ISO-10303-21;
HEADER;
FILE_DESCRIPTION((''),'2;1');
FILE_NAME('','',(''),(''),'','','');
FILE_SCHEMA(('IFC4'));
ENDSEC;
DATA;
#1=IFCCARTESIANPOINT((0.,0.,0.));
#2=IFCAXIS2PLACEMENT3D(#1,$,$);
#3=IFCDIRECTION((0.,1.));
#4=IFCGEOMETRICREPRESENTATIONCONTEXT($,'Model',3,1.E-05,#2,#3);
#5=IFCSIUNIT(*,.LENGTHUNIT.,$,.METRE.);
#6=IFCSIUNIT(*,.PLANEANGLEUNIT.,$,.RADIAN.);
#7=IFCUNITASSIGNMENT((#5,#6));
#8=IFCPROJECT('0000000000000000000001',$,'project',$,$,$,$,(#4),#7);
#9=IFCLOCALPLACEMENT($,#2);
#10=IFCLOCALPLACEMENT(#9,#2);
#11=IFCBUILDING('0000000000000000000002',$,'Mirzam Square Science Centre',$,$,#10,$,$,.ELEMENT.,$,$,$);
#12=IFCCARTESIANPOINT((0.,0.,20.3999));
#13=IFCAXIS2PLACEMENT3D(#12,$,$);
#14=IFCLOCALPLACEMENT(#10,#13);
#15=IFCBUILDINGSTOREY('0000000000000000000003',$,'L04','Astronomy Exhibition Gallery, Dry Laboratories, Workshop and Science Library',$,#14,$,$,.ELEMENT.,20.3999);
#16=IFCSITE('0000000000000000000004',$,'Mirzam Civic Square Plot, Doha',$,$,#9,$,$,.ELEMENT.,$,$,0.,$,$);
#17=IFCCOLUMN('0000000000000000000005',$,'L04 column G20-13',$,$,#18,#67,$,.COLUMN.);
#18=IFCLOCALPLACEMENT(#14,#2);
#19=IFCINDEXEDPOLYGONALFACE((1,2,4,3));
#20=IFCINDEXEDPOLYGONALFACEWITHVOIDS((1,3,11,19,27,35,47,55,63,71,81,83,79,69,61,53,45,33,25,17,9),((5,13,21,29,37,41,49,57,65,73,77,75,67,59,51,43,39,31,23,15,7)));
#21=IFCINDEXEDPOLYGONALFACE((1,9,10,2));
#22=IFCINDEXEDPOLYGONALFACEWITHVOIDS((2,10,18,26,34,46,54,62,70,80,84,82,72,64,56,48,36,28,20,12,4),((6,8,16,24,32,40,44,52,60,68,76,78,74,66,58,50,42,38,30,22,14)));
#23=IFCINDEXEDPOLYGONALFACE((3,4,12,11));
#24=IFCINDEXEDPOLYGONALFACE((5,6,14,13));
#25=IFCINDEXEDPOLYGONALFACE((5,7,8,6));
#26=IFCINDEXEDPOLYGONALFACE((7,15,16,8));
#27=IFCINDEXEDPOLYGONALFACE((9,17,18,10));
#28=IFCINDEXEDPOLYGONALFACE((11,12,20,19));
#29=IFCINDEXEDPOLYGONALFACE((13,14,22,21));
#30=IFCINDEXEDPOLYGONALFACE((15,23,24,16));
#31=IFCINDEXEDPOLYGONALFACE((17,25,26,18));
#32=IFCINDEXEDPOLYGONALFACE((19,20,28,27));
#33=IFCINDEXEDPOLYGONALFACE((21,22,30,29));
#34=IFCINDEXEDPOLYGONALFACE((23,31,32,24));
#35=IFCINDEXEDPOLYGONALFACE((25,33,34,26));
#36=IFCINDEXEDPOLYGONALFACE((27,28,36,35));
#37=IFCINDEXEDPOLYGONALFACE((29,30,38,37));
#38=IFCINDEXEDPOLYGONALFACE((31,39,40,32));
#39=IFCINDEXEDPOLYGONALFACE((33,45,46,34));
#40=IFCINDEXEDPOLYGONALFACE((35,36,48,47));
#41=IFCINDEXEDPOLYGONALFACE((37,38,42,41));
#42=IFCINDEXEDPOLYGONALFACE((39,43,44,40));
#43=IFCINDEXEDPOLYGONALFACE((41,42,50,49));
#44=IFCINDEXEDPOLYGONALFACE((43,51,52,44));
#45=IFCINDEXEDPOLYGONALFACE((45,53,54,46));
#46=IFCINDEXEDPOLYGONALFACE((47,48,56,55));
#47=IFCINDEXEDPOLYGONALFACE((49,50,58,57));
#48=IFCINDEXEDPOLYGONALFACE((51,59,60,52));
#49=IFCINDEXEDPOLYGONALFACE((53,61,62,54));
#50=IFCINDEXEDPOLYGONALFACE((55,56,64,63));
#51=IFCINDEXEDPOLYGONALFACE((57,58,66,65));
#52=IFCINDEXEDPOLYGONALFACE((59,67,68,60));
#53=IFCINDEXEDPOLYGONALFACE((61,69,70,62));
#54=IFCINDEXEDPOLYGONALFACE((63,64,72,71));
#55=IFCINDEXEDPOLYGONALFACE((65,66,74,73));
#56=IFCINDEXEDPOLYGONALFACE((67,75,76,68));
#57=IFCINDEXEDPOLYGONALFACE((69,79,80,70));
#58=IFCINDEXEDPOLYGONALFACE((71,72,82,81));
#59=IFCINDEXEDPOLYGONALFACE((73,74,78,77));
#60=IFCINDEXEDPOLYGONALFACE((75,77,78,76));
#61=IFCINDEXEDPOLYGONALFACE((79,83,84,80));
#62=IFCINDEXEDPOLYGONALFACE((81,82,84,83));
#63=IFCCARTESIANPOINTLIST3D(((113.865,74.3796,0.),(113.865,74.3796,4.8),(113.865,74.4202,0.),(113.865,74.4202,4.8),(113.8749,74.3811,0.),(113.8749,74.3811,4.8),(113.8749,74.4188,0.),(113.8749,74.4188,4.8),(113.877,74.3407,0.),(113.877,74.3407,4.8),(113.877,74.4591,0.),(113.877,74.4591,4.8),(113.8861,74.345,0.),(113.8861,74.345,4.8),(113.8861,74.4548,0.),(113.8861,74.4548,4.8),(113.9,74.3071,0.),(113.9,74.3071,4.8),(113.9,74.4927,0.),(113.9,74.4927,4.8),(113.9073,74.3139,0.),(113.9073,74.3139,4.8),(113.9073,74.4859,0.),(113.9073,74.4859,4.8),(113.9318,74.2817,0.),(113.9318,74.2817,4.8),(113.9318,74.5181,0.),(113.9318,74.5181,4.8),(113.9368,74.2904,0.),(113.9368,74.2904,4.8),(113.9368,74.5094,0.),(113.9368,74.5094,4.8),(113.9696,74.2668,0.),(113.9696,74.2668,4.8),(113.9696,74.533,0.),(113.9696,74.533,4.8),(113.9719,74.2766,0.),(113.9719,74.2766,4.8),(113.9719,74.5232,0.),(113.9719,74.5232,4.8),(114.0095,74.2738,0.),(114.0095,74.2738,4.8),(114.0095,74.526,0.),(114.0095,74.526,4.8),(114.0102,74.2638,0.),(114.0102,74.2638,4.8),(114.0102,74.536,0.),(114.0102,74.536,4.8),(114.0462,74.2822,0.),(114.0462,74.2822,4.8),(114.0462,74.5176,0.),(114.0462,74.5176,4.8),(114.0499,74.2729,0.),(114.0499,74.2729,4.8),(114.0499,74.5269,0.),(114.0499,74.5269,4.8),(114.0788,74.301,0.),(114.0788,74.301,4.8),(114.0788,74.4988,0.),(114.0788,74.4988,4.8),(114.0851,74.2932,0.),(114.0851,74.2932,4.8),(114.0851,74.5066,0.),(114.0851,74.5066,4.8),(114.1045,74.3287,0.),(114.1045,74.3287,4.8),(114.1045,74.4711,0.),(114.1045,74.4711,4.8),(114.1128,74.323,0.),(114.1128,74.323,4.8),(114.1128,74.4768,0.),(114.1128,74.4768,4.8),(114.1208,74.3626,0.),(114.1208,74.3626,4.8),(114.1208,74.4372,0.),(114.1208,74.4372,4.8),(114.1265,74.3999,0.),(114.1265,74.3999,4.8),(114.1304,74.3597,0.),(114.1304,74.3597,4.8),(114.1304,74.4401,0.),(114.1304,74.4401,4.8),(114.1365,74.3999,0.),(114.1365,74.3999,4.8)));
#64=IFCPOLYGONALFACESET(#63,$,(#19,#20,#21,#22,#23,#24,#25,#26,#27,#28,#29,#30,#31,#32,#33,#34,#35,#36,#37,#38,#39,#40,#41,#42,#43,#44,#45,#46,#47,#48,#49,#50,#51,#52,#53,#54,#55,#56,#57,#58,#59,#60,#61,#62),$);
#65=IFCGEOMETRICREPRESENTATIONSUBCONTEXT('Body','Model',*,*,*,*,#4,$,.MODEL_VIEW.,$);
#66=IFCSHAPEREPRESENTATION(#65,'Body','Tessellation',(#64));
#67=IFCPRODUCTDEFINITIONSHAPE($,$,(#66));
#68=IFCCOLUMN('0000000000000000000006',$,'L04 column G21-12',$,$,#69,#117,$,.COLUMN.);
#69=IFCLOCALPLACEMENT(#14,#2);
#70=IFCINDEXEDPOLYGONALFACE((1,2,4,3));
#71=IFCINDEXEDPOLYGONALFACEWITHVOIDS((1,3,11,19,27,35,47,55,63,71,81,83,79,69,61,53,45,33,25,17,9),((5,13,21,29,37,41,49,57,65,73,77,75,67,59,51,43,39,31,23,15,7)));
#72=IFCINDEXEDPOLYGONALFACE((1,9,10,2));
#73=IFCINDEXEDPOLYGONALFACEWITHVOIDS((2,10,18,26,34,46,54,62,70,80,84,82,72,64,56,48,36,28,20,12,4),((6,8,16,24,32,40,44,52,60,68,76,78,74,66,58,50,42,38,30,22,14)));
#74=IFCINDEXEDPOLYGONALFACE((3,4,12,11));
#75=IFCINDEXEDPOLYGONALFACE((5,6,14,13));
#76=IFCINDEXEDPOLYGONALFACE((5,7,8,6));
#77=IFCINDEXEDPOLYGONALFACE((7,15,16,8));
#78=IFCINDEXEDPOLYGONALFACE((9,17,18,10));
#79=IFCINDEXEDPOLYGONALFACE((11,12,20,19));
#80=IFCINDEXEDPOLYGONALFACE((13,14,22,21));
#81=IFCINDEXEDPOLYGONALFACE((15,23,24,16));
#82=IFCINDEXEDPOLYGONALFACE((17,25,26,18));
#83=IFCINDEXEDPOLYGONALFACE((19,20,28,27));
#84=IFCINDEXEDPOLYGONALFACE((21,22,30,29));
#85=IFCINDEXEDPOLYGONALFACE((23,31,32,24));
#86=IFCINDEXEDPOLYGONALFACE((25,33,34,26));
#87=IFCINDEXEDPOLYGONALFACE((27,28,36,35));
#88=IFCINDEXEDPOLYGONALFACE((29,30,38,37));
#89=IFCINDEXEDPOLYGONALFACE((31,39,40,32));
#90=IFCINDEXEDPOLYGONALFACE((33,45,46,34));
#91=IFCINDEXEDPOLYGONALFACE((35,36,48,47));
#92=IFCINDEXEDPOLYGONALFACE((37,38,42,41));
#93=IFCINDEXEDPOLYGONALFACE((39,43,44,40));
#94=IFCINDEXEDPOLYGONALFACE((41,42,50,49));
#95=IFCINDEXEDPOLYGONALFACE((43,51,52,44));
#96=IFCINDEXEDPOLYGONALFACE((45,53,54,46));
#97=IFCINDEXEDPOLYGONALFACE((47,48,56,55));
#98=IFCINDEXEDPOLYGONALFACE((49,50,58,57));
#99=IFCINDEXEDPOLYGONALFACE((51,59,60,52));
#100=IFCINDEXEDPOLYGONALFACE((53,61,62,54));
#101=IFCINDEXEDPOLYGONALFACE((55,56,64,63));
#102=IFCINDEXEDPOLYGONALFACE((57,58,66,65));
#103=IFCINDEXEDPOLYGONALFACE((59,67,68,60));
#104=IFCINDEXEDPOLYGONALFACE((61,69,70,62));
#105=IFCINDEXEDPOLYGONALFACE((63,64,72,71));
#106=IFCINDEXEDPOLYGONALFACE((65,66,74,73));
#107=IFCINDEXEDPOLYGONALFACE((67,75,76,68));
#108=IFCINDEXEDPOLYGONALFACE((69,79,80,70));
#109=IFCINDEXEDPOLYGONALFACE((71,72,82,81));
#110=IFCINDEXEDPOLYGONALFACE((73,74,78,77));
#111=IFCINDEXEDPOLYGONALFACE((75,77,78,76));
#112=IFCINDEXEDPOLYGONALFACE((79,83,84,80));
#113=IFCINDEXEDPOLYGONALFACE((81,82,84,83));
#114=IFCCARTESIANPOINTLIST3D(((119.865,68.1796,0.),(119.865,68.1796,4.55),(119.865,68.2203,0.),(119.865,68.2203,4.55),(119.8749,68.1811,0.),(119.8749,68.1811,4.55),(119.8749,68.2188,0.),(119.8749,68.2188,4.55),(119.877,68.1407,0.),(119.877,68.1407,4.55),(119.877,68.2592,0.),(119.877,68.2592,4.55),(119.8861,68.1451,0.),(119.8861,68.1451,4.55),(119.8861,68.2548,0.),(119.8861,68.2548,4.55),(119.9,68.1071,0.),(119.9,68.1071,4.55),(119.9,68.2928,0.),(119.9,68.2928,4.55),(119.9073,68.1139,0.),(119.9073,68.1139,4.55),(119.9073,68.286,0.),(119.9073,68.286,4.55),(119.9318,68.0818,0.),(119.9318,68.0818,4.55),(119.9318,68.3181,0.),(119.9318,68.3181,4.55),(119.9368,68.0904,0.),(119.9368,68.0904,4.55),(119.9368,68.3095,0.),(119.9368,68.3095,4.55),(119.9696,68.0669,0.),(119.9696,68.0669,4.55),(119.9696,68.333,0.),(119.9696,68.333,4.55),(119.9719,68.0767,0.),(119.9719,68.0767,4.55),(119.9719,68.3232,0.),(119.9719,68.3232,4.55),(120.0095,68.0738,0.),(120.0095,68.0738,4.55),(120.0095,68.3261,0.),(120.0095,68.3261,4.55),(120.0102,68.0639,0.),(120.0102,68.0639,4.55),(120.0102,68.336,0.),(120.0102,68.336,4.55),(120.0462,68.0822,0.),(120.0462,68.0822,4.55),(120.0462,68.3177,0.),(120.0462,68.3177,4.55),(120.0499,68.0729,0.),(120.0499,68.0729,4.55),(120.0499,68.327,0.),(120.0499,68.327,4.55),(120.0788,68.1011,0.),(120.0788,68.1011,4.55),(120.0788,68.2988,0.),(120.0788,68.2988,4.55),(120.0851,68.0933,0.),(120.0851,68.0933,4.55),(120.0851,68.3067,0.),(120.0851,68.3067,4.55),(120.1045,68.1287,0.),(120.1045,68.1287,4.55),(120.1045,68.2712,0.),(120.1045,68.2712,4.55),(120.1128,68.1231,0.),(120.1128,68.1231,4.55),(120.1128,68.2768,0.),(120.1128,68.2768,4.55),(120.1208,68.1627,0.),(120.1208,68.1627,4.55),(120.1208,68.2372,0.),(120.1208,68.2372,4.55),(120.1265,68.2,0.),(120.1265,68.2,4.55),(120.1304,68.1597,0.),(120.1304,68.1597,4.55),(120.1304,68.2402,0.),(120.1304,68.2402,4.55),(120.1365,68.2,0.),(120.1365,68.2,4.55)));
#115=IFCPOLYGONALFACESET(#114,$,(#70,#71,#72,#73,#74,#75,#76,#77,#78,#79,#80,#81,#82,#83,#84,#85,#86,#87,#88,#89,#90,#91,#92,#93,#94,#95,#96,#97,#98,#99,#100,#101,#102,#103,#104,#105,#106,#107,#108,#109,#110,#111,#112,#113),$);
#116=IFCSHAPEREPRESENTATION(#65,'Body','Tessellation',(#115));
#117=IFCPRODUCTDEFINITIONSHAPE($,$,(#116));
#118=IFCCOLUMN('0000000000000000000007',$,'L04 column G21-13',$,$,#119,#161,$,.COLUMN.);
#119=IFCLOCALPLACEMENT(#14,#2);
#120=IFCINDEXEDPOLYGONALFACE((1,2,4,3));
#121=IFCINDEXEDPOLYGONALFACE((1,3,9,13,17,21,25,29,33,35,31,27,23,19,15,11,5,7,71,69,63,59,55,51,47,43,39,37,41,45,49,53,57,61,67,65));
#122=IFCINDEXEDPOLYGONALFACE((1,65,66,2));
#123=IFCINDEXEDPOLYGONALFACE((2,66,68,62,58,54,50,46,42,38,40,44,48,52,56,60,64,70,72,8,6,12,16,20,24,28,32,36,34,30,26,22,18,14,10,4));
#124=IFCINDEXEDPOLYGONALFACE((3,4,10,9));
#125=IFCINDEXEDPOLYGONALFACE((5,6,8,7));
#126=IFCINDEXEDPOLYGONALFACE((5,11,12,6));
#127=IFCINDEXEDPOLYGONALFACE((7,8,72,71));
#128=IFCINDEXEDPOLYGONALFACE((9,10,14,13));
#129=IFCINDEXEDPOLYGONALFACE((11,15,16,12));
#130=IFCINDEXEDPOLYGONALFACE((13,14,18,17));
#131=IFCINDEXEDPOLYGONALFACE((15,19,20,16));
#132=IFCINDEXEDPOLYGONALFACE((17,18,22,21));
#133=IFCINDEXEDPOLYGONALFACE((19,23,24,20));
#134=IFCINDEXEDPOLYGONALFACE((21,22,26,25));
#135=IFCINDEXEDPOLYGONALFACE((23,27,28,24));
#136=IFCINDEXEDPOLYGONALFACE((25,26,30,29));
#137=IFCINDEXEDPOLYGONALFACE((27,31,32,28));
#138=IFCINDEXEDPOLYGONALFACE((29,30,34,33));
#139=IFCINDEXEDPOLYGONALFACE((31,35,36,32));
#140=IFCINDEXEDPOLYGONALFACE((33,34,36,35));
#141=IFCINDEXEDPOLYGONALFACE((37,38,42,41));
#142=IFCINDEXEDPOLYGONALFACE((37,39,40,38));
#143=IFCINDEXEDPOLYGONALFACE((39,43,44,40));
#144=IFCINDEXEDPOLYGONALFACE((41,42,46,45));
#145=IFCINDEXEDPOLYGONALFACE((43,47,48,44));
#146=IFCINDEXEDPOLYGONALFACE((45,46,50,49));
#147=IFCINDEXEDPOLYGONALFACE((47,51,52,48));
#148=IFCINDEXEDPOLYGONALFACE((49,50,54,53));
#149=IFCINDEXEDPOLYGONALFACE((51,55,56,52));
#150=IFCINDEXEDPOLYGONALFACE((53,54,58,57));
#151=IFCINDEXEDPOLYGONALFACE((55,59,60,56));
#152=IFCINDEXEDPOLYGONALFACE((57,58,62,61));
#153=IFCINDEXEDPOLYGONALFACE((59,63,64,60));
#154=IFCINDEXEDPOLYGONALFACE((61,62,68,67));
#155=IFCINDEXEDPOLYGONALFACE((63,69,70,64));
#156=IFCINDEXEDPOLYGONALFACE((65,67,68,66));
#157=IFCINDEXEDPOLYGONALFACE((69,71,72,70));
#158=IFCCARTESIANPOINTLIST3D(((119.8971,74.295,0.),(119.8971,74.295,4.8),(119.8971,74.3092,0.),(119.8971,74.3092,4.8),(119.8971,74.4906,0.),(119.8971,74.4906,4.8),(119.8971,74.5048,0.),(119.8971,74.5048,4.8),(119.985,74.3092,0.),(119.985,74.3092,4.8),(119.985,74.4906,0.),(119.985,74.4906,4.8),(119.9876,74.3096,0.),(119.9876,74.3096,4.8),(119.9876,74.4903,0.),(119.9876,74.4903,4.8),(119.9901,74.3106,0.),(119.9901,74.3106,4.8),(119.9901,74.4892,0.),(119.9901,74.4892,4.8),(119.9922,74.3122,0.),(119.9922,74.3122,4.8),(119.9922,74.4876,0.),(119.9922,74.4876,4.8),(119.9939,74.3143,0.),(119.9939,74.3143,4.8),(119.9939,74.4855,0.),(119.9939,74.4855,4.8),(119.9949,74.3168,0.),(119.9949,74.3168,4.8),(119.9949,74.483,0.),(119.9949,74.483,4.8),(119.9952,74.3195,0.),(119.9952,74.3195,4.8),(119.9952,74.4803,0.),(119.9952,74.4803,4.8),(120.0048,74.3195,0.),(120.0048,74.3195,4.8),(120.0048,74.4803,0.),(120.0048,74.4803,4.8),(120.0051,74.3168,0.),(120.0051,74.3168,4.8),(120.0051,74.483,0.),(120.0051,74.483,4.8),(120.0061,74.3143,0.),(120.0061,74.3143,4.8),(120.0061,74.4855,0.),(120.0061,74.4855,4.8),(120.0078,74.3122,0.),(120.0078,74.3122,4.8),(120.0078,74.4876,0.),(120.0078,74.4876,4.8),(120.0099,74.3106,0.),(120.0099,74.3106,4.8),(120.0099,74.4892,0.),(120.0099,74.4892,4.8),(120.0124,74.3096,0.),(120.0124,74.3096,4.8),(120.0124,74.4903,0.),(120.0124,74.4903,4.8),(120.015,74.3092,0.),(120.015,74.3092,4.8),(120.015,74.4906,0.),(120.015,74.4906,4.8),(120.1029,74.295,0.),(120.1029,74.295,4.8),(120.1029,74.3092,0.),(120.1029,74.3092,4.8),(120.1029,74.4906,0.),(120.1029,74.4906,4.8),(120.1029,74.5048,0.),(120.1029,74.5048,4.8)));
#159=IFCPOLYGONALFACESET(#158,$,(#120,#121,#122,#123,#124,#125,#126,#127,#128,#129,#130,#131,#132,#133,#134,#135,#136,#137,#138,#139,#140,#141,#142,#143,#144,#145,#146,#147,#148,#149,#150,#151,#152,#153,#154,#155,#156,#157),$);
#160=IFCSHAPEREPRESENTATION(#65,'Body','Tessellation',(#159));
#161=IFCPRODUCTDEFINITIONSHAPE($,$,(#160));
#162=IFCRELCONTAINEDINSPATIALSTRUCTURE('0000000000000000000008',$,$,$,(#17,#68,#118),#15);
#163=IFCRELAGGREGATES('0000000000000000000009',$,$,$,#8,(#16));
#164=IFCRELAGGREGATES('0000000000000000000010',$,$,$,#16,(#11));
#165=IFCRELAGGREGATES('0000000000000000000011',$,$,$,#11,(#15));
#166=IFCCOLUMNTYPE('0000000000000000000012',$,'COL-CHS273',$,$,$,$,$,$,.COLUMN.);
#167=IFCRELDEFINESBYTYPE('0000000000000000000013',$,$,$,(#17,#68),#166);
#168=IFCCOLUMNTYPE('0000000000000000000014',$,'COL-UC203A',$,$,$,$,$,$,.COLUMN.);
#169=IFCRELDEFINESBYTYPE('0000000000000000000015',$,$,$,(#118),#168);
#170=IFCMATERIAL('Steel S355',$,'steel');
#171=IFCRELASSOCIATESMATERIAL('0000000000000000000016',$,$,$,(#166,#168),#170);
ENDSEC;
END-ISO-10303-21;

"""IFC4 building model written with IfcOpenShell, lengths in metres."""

from ifc_helpers import new_model, si_unit, direction, frame, origin, origin_2d, place, context, subcontext, project, spatial, hollow_circle, i_section, extrude, material, material_profile, profile_set, type_object, element, save


model = new_model("IFC4")

# Units and contexts
model_context = context("Model", 3, precision=1e-05, world=origin(), true_north=direction((0.0, 1.0)))
body_context = subcontext(model_context, "Body", "Model", "MODEL_VIEW")
ifc_project = project(units=[si_unit("LENGTHUNIT", "METRE"), si_unit("PLANEANGLEUNIT", "RADIAN")], contexts=[model_context])

# Site, building, storey
site_placement = place(None, origin())
site = spatial("IfcSite", under=ifc_project, at=site_placement, Name="Mirzam Civic Square Plot, Doha", CompositionType="ELEMENT", RefElevation=0.0)
building_placement = place(site_placement, origin())
building = spatial("IfcBuilding", under=site, at=building_placement, Name="Mirzam Square Science Centre", CompositionType="ELEMENT")
storey_placement = place(building_placement, frame((0.0, 0.0, 20.3999)))
storey = spatial("IfcBuildingStorey", under=building, at=storey_placement, Name="L04", Description="Astronomy Exhibition Gallery, Dry Laboratories, Workshop and Science Library", CompositionType="ELEMENT", Elevation=20.3999)

# Columns
ifc_material_1 = material(Name="Steel S355", Category="steel")
ifc_material_profile_1 = material_profile(ifc_material_1, hollow_circle(Radius=0.1365, WallThickness=0.01, at=origin_2d()), Name="273.0x10.0CHS")
ifc_profile_set_1 = profile_set([ifc_material_profile_1], Name="Steel S355")
column_type_1 = type_object("IfcColumnType", Name="COL-CHS273", PredefinedType="COLUMN", material=ifc_profile_set_1)
column_1_placement = place(storey_placement, frame((114.0, 74.3999, 0.0), z_axis=(0.0, 0.0, 1.0), x_axis=(1.0, 0.0, 0.0)))
element("IfcColumn", 1, at=column_1_placement, inside=storey, type_object=column_type_1, Name="L04 column G20-13", PredefinedType="COLUMN", context=body_context, shape_type="SweptSolid", body=[
    extrude(hollow_circle(Radius=0.1365, WallThickness=0.01, at=origin_2d()), origin(), (0.0, 0.0, 1.0), 4.8),
])
column_2_placement = place(storey_placement, frame((120.0, 68.2, 0.0), z_axis=(0.0, 0.0, 1.0), x_axis=(1.0, 0.0, 0.0)))
element("IfcColumn", 2, at=column_2_placement, inside=storey, type_object=column_type_1, Name="L04 column G21-12", PredefinedType="COLUMN", context=body_context, shape_type="SweptSolid", body=[
    extrude(hollow_circle(Radius=0.1365, WallThickness=0.01, at=origin_2d()), origin(), (0.0, 0.0, 1.0), 4.55),
])
ifc_material_profile_2 = material_profile(ifc_material_1, i_section(OverallWidth=0.2058, OverallDepth=0.2097, WebThickness=0.0095, FlangeThickness=0.0142, FilletRadius=0.0103, at=origin_2d()), Name="203x203x60UC")
ifc_profile_set_2 = profile_set([ifc_material_profile_2], Name="Steel S355")
column_type_2 = type_object("IfcColumnType", Name="COL-UC203A", PredefinedType="COLUMN", material=ifc_profile_set_2)
column_3_placement = place(storey_placement, frame((120.0, 74.3999, 0.0), z_axis=(0.0, 0.0, 1.0), x_axis=(1.0, 0.0, 0.0)))
element("IfcColumn", 3, at=column_3_placement, inside=storey, type_object=column_type_2, Name="L04 column G21-13", PredefinedType="COLUMN", context=body_context, shape_type="SweptSolid", body=[
    extrude(i_section(OverallWidth=0.2058, OverallDepth=0.2097, WebThickness=0.0095, FlangeThickness=0.0142, FilletRadius=0.0103, at=origin_2d()), origin(), (0.0, 0.0, 1.0), 4.8),
])

save(model, "model.ifc")
